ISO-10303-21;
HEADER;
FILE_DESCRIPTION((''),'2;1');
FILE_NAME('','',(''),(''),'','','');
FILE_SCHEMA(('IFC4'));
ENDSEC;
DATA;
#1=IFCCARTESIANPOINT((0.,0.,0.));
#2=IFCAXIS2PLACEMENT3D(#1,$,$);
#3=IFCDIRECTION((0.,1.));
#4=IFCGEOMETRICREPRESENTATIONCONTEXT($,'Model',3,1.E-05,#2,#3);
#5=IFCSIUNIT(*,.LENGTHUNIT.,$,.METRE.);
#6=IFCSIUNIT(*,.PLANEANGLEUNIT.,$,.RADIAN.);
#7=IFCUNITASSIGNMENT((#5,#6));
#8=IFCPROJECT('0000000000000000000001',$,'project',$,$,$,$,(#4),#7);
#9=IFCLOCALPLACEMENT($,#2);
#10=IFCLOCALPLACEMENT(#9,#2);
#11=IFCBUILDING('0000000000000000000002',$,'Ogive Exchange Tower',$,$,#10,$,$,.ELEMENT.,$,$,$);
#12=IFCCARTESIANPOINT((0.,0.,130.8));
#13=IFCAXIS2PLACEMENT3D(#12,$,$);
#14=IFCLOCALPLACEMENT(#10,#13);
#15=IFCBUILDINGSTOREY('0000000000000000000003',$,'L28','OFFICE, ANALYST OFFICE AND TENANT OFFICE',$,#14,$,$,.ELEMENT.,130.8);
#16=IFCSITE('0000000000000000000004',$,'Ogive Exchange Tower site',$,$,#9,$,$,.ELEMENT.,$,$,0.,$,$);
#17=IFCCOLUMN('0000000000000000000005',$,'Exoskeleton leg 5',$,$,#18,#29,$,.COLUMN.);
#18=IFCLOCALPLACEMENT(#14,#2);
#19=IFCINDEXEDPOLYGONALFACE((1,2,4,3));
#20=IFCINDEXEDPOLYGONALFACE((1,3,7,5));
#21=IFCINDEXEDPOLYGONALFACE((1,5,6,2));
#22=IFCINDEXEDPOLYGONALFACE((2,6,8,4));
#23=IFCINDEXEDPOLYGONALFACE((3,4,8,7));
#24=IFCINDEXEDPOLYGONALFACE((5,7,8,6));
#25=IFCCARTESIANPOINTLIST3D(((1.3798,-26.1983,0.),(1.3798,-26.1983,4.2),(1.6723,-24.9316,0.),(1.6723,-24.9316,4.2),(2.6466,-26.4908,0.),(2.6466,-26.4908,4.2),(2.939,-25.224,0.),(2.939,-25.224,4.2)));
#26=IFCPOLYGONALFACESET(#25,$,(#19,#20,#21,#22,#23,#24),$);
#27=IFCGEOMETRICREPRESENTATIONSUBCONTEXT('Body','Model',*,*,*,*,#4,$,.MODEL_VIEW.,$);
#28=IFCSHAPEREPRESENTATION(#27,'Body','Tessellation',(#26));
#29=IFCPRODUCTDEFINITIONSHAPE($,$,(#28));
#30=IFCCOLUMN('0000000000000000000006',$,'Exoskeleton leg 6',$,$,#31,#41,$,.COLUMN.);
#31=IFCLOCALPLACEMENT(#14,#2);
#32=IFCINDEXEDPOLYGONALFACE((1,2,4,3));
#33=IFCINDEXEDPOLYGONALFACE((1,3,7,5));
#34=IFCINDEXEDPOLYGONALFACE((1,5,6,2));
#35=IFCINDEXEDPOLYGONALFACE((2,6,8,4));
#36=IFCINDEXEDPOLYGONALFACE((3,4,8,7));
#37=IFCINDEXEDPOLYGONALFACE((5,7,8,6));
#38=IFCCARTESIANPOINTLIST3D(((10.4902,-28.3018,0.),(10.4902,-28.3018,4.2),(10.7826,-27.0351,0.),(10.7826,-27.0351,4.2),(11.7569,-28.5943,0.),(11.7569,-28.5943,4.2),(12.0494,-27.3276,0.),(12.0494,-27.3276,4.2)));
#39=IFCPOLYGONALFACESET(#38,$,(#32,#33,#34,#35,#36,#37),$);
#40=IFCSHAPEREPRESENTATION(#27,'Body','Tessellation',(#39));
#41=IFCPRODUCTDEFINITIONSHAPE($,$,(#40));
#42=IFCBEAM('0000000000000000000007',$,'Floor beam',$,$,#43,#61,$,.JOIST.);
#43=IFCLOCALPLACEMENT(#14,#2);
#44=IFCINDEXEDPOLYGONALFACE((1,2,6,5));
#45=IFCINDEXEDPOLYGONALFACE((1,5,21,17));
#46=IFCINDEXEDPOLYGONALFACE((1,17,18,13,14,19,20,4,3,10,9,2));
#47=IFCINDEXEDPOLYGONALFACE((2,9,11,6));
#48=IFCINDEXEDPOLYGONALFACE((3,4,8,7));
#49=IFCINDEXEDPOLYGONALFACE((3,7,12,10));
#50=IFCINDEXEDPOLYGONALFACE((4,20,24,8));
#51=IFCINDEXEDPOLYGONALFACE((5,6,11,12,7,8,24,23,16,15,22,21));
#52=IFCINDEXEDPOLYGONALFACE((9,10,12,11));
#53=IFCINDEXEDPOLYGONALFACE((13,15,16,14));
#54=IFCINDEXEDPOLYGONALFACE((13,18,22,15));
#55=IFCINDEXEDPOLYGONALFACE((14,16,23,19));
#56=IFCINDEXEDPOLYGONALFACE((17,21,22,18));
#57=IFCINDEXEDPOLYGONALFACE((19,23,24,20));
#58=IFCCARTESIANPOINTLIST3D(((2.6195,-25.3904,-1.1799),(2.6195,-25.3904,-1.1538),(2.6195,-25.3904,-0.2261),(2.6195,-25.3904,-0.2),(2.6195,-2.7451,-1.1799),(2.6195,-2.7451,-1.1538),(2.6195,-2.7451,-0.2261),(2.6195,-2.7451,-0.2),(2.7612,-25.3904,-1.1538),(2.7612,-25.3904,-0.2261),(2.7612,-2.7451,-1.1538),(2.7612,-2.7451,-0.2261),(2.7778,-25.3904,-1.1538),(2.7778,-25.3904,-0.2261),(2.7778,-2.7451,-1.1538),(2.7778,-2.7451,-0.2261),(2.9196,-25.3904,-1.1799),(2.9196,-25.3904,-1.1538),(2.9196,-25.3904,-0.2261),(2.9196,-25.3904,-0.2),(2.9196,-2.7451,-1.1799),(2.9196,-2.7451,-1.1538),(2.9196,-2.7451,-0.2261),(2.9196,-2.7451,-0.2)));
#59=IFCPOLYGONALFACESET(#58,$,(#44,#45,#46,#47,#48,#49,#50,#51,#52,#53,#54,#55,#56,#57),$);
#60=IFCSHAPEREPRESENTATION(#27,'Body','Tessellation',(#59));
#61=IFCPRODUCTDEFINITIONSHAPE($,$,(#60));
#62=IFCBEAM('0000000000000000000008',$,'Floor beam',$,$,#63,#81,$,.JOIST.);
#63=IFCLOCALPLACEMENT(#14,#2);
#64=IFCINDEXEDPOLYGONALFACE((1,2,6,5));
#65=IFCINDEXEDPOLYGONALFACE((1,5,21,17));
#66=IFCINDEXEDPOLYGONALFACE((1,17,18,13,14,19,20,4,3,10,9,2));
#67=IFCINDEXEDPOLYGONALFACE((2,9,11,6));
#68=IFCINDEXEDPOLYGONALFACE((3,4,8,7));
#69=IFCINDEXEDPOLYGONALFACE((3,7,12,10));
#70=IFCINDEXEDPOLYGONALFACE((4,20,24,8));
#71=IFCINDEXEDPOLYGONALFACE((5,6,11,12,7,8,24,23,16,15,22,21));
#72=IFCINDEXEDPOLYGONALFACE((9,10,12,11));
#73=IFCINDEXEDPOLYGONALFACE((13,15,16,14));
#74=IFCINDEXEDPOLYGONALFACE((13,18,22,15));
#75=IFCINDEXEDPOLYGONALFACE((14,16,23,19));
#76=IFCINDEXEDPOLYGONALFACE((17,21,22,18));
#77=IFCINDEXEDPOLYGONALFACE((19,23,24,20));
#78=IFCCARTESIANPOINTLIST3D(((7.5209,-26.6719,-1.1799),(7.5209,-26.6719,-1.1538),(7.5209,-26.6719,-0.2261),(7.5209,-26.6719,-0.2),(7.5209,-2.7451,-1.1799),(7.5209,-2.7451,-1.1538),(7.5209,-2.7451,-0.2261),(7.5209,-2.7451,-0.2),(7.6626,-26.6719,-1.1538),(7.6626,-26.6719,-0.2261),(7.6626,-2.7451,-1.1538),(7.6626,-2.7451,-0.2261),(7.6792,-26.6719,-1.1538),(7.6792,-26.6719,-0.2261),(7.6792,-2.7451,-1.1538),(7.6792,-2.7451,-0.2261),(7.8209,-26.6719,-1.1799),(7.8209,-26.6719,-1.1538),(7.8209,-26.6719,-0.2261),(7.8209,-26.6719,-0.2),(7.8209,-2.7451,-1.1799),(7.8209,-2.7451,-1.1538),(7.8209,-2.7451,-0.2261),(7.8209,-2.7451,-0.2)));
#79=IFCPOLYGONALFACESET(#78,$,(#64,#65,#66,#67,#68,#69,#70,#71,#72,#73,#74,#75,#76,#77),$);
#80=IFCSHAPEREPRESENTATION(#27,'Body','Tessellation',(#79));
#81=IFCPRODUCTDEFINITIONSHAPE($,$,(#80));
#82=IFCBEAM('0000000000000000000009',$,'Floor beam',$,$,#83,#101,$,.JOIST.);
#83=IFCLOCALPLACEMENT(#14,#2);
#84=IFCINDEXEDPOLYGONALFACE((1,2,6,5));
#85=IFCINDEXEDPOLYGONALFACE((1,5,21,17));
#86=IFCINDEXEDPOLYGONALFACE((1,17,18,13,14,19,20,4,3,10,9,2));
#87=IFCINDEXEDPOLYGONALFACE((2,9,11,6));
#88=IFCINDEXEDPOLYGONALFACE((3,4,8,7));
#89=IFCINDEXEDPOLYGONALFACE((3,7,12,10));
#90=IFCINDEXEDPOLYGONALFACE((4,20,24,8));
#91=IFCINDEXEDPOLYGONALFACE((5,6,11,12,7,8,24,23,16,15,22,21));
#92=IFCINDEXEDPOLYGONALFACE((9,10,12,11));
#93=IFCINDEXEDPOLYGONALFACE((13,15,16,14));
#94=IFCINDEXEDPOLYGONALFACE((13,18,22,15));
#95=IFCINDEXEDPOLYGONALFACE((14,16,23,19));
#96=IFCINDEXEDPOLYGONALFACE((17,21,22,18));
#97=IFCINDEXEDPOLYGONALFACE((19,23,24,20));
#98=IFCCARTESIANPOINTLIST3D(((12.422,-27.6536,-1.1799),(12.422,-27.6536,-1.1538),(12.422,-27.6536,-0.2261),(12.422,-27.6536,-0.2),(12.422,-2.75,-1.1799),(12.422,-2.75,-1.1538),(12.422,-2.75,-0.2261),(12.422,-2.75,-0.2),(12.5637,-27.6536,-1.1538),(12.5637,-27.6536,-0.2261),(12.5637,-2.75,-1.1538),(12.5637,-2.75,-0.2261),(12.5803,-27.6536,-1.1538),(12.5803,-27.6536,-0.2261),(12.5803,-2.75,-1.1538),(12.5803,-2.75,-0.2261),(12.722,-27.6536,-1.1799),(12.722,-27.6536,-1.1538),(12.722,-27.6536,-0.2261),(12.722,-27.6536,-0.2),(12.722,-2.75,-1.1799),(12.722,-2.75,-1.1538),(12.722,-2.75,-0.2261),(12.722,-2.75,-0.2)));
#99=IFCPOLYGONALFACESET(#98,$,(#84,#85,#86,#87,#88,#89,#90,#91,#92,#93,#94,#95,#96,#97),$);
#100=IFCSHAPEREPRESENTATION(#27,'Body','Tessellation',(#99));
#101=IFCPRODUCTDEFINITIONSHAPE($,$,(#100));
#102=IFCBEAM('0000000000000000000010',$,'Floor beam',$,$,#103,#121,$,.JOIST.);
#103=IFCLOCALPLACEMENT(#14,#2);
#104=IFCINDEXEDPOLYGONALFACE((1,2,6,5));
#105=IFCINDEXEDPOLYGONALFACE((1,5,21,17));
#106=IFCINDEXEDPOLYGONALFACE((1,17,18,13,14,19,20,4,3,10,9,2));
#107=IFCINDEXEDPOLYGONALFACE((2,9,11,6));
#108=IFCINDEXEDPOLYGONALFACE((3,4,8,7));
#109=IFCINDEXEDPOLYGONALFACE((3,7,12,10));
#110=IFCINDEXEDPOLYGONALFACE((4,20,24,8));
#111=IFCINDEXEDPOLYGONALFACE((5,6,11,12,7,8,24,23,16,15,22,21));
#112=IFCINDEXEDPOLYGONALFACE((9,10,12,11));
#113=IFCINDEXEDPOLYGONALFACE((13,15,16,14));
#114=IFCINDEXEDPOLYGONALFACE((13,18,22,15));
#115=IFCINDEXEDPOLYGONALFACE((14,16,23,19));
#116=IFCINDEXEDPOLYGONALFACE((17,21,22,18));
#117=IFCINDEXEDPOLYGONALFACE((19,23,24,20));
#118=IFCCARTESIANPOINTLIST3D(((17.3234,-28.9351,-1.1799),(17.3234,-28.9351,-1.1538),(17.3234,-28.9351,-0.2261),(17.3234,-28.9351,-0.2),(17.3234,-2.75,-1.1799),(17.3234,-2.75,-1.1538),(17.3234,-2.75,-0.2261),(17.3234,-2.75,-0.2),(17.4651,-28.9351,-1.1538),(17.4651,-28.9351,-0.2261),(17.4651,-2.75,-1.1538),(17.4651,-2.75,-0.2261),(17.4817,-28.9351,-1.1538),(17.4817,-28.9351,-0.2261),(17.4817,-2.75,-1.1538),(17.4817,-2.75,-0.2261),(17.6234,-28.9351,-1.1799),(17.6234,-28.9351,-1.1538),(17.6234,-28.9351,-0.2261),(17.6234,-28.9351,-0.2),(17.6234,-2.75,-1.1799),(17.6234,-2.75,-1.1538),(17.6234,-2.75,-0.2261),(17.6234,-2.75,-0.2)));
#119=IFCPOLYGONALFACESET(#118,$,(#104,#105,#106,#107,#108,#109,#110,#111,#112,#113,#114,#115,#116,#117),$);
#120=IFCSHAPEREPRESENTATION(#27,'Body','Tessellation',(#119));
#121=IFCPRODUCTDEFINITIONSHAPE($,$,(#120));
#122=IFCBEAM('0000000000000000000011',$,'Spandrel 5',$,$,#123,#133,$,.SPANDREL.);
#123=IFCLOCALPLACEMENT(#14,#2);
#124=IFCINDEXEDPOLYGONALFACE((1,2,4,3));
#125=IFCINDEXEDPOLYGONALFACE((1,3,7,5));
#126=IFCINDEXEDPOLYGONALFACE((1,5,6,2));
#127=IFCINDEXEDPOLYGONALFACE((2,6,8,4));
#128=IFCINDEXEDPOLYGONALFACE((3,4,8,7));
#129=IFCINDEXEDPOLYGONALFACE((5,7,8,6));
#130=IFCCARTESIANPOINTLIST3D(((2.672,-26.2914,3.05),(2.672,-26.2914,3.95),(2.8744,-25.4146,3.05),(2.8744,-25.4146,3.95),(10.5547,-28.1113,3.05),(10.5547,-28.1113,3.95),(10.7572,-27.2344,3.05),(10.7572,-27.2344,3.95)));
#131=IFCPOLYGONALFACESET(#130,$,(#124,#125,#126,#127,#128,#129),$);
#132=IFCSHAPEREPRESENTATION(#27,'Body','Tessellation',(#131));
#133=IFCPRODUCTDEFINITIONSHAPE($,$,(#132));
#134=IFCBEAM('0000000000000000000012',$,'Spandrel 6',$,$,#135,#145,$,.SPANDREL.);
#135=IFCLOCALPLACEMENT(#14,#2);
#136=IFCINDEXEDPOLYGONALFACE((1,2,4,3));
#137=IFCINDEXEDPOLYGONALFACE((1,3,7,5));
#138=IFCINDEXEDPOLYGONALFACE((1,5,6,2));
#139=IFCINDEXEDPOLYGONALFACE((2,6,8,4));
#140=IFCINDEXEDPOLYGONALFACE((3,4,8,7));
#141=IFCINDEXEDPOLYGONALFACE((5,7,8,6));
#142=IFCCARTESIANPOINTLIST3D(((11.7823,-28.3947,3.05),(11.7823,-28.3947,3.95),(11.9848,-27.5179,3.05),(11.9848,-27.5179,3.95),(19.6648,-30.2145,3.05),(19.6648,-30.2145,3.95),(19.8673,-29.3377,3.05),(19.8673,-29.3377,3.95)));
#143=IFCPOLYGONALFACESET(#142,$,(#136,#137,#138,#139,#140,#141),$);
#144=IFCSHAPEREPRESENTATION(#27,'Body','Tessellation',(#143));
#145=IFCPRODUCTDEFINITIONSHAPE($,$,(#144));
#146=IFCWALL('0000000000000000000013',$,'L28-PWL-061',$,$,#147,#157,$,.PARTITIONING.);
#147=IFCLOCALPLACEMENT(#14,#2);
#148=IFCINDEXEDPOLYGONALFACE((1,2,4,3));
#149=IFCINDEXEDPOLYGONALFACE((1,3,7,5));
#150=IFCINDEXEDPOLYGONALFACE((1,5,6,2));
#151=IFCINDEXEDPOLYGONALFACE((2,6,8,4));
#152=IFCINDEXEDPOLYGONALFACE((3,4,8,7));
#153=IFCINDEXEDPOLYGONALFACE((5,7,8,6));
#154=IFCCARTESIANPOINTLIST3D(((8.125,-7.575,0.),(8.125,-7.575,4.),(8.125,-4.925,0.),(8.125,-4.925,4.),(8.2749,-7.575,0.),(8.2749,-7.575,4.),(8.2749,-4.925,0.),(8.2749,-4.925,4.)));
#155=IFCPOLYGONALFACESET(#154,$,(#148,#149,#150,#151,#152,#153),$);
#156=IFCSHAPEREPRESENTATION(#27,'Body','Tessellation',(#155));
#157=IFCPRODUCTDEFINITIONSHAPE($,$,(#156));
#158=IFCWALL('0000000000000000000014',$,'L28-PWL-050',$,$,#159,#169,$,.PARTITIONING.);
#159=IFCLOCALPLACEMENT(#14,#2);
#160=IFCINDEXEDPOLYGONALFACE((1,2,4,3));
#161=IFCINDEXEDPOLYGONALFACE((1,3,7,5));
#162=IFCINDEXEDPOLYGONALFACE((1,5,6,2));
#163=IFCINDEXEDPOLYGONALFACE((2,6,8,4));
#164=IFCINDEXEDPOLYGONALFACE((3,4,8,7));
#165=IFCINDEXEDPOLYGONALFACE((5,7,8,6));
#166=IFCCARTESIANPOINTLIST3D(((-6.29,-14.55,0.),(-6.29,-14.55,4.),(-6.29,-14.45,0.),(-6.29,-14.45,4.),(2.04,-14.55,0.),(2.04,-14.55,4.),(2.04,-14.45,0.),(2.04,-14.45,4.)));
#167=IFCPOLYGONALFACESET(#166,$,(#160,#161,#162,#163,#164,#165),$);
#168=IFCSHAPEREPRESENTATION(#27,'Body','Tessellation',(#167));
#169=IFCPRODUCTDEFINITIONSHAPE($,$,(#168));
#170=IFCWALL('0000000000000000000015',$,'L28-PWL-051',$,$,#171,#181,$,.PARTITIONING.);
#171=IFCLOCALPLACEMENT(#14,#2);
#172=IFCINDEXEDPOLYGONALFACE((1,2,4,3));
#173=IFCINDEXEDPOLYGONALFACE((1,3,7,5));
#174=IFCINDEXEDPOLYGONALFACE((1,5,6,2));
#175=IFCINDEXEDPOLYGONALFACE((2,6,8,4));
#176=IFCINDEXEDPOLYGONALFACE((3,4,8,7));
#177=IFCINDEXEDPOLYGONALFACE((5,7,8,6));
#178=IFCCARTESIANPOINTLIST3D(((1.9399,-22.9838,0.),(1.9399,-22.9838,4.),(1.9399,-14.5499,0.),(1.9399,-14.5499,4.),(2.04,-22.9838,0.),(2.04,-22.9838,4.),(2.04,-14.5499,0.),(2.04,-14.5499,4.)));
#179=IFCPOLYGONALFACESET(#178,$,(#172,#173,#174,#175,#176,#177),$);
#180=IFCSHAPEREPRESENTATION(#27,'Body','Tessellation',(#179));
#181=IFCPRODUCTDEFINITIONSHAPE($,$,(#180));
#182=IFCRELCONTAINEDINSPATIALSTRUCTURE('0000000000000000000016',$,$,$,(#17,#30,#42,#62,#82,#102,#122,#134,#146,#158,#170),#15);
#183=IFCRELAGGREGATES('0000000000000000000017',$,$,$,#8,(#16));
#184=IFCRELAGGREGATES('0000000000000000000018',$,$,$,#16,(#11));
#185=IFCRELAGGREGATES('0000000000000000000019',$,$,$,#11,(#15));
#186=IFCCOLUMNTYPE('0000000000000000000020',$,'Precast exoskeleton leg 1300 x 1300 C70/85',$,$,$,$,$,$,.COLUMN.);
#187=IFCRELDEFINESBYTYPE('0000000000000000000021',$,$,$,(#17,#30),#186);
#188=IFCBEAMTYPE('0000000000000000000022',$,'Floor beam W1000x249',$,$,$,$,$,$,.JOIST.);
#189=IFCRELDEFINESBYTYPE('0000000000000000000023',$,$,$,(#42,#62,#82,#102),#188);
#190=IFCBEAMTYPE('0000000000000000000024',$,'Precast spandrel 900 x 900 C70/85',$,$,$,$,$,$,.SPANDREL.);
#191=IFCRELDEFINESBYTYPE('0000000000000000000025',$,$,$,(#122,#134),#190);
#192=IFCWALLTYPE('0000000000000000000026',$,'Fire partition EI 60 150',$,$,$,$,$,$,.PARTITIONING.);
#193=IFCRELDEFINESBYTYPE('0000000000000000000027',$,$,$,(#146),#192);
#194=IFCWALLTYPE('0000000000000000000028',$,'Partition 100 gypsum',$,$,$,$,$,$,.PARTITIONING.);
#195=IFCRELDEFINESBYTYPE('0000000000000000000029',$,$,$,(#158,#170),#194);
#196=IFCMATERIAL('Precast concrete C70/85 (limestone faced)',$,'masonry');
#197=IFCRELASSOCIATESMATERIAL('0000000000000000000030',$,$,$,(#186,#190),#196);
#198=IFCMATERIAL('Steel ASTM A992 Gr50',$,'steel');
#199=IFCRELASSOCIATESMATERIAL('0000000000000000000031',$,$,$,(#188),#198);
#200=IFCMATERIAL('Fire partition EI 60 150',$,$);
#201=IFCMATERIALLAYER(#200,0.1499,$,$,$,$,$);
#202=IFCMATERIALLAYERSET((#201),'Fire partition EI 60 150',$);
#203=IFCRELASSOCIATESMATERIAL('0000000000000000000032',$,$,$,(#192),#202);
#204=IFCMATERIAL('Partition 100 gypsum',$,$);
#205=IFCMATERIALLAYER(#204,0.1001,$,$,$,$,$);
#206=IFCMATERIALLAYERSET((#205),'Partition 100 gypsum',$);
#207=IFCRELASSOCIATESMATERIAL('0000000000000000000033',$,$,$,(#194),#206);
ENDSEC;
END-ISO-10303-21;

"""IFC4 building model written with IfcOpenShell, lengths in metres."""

from ifc_helpers import new_model, si_unit, direction, frame, frame_2d, origin, origin_2d, place, context, subcontext, project, spatial, rectangle, i_section, extrude, material, layer, layer_set, material_profile, profile_set, type_object, element, save


model = new_model("IFC4")

# Units and contexts
model_context = context("Model", 3, precision=1e-05, world=origin(), true_north=direction((0.0, 1.0)))
body_context = subcontext(model_context, "Body", "Model", "MODEL_VIEW")
ifc_project = project(units=[si_unit("LENGTHUNIT", "METRE"), si_unit("PLANEANGLEUNIT", "RADIAN")], contexts=[model_context])

# Site, building, storey
site_placement = place(None, origin())
site = spatial("IfcSite", under=ifc_project, at=site_placement, Name="Ogive Exchange Tower site", CompositionType="ELEMENT", RefElevation=0.0)
building_placement = place(site_placement, origin())
building = spatial("IfcBuilding", under=site, at=building_placement, Name="Ogive Exchange Tower", CompositionType="ELEMENT")
storey_placement = place(building_placement, frame((0.0, 0.0, 130.8)))
storey = spatial("IfcBuildingStorey", under=building, at=storey_placement, Name="L28", Description="OFFICE, ANALYST OFFICE AND TENANT OFFICE", CompositionType="ELEMENT", Elevation=130.8)

# Columns
ifc_material_1 = material(Name="Precast concrete C70/85 (limestone faced)", Category="masonry")
ifc_material_profile_1 = material_profile(ifc_material_1, rectangle(XDim=1.3, YDim=1.3, at=origin_2d()), Name="1300 x 1300")
ifc_profile_set_1 = profile_set([ifc_material_profile_1], Name="Precast concrete C70/85 (limestone faced)")
column_type = type_object("IfcColumnType", Name="Precast exoskeleton leg 1300 x 1300 C70/85", PredefinedType="COLUMN", material=ifc_profile_set_1)
for number, where, z_axis, x_axis, name in (
    (1, (2.1594, -25.7112, 0.0), (0.0, 0.0, 1.0), (0.97437, -0.224951, 0.0), "Exoskeleton leg 5"),
    (2, (11.2698, -27.8147, 0.0), (0.0, 0.0, 1.0), (0.97437, -0.224951, 0.0), "Exoskeleton leg 6"),
):
    element("IfcColumn", number, at=place(storey_placement, frame(where, z_axis=z_axis, x_axis=x_axis)), inside=storey, type_object=column_type, Name=name, PredefinedType="COLUMN", context=body_context, shape_type="SweptSolid", body=[
        extrude(rectangle(XDim=1.3, YDim=1.3, at=origin_2d()), origin(), (0.0, 0.0, 1.0), 4.2),
    ])

# Beams
ifc_material_2 = material(Name="Steel ASTM A992 Gr50", Category="steel")
ifc_material_profile_2 = material_profile(ifc_material_2, i_section(OverallWidth=0.3, OverallDepth=0.98, WebThickness=0.0166, FlangeThickness=0.0261, at=origin_2d()), Name="W1000x249")
ifc_profile_set_2 = profile_set([ifc_material_profile_2], Name="Steel ASTM A992 Gr50")
beam_type_1 = type_object("IfcBeamType", Name="Floor beam W1000x249", PredefinedType="JOIST", material=ifc_profile_set_2)
beam_1_placement = place(storey_placement, frame((2.7695, -25.3904, -0.6899), z_axis=(0.0, 1.0, 0.0), x_axis=(-1.0, 0.0, 0.0)))
element("IfcBeam", 3, at=beam_1_placement, inside=storey, type_object=beam_type_1, Name="Floor beam", PredefinedType="JOIST", context=body_context, shape_type="SweptSolid", body=[
    extrude(i_section(OverallWidth=0.3, OverallDepth=0.98, WebThickness=0.0166, FlangeThickness=0.0261, at=origin_2d()), origin(), (0.0, 0.0, 1.0), 22.6453),
])
beam_2_placement = place(storey_placement, frame((7.6709, -26.6719, -0.6899), z_axis=(0.0, 1.0, 0.0), x_axis=(-1.0, 0.0, 0.0)))
element("IfcBeam", 4, at=beam_2_placement, inside=storey, type_object=beam_type_1, Name="Floor beam", PredefinedType="JOIST", context=body_context, shape_type="SweptSolid", body=[
    extrude(i_section(OverallWidth=0.3, OverallDepth=0.98, WebThickness=0.0166, FlangeThickness=0.0261, at=origin_2d()), origin(), (0.0, 0.0, 1.0), 23.9268),
])
beam_3_placement = place(storey_placement, frame((12.572, -27.6536, -0.6899), z_axis=(0.0, 1.0, 0.0), x_axis=(-1.0, 0.0, 0.0)))
element("IfcBeam", 5, at=beam_3_placement, inside=storey, type_object=beam_type_1, Name="Floor beam", PredefinedType="JOIST", context=body_context, shape_type="SweptSolid", body=[
    extrude(i_section(OverallWidth=0.3, OverallDepth=0.98, WebThickness=0.0166, FlangeThickness=0.0261, at=origin_2d()), origin(), (0.0, 0.0, 1.0), 24.9036),
])
beam_4_placement = place(storey_placement, frame((17.4734, -28.9351, -0.6899), z_axis=(0.0, 1.0, 0.0), x_axis=(-1.0, 0.0, 0.0)))
element("IfcBeam", 6, at=beam_4_placement, inside=storey, type_object=beam_type_1, Name="Floor beam", PredefinedType="JOIST", context=body_context, shape_type="SweptSolid", body=[
    extrude(i_section(OverallWidth=0.3, OverallDepth=0.98, WebThickness=0.0166, FlangeThickness=0.0261, at=origin_2d()), origin(), (0.0, 0.0, 1.0), 26.1851),
])
ifc_material_profile_3 = material_profile(ifc_material_1, rectangle(XDim=0.8999, YDim=0.8999, at=origin_2d()), Name="900 x 900")
ifc_profile_set_3 = profile_set([ifc_material_profile_3], Name="Precast concrete C70/85 (limestone faced)")
beam_type_2 = type_object("IfcBeamType", Name="Precast spandrel 900 x 900 C70/85", PredefinedType="SPANDREL", material=ifc_profile_set_3)
beam_5_placement = place(storey_placement, frame((2.7732, -25.853, 3.5), z_axis=(0.974372, -0.224943, 0.0), x_axis=(0.224943, 0.974372, 0.0)))
element("IfcBeam", 7, at=beam_5_placement, inside=storey, type_object=beam_type_2, Name="Spandrel 5", PredefinedType="SPANDREL", context=body_context, shape_type="SweptSolid", body=[
    extrude(rectangle(XDim=0.8999, YDim=0.8999, at=origin_2d()), origin(), (0.0, 0.0, 1.0), 8.0901),
])
beam_6_placement = place(storey_placement, frame((11.8835, -27.9563, 3.5), z_axis=(0.97437, -0.22495, 0.0), x_axis=(0.22495, 0.97437, 0.0)))
element("IfcBeam", 8, at=beam_6_placement, inside=storey, type_object=beam_type_2, Name="Spandrel 6", PredefinedType="SPANDREL", context=body_context, shape_type="SweptSolid", body=[
    extrude(rectangle(XDim=0.8999, YDim=0.8999, at=origin_2d()), origin(), (0.0, 0.0, 1.0), 8.0898),
])

# Walls
ifc_material_3 = material(Name="Fire partition EI 60 150")
ifc_layer_1 = layer(ifc_material_3, 0.1499)
ifc_layer_set_1 = layer_set([ifc_layer_1], Name="Fire partition EI 60 150")
wall_type_1 = type_object("IfcWallType", Name="Fire partition EI 60 150", PredefinedType="PARTITIONING", material=ifc_layer_set_1)
wall_1_placement = place(storey_placement, frame((8.2, -7.575, 0.0), z_axis=(0.0, 0.0, 1.0), x_axis=(0.0, 1.0, 0.0)))
element("IfcWall", 9, at=wall_1_placement, inside=storey, type_object=wall_type_1, Name="L28-PWL-061", PredefinedType="PARTITIONING", context=body_context, shape_type="SweptSolid", body=[
    extrude(rectangle(XDim=2.6499, YDim=0.1499, at=frame_2d((1.325, 0.0))), origin(), (0.0, 0.0, 1.0), 4.0),
])
ifc_material_4 = material(Name="Partition 100 gypsum")
ifc_layer_2 = layer(ifc_material_4, 0.1001)
ifc_layer_set_2 = layer_set([ifc_layer_2], Name="Partition 100 gypsum")
wall_type_2 = type_object("IfcWallType", Name="Partition 100 gypsum", PredefinedType="PARTITIONING", material=ifc_layer_set_2)
wall_2_placement = place(storey_placement, frame((2.04, -14.5, 0.0), z_axis=(0.0, 0.0, 1.0), x_axis=(-1.0, 0.0, 0.0)))
element("IfcWall", 10, at=wall_2_placement, inside=storey, type_object=wall_type_2, Name="L28-PWL-050", PredefinedType="PARTITIONING", context=body_context, shape_type="SweptSolid", body=[
    extrude(rectangle(XDim=8.3301, YDim=0.1001, at=frame_2d((4.165, 0.0))), origin(), (0.0, 0.0, 1.0), 4.0),
])
wall_3_placement = place(storey_placement, frame((1.99, -14.55, 0.0), z_axis=(0.0, 0.0, 1.0), x_axis=(0.0, -1.0, 0.0)))
element("IfcWall", 11, at=wall_3_placement, inside=storey, type_object=wall_type_2, Name="L28-PWL-051", PredefinedType="PARTITIONING", context=body_context, shape_type="SweptSolid", body=[
    extrude(rectangle(XDim=8.4338, YDim=0.1001, at=frame_2d((4.2168, 0.0))), origin(), (0.0, 0.0, 1.0), 4.0),
])

save(model, "model.ifc")
